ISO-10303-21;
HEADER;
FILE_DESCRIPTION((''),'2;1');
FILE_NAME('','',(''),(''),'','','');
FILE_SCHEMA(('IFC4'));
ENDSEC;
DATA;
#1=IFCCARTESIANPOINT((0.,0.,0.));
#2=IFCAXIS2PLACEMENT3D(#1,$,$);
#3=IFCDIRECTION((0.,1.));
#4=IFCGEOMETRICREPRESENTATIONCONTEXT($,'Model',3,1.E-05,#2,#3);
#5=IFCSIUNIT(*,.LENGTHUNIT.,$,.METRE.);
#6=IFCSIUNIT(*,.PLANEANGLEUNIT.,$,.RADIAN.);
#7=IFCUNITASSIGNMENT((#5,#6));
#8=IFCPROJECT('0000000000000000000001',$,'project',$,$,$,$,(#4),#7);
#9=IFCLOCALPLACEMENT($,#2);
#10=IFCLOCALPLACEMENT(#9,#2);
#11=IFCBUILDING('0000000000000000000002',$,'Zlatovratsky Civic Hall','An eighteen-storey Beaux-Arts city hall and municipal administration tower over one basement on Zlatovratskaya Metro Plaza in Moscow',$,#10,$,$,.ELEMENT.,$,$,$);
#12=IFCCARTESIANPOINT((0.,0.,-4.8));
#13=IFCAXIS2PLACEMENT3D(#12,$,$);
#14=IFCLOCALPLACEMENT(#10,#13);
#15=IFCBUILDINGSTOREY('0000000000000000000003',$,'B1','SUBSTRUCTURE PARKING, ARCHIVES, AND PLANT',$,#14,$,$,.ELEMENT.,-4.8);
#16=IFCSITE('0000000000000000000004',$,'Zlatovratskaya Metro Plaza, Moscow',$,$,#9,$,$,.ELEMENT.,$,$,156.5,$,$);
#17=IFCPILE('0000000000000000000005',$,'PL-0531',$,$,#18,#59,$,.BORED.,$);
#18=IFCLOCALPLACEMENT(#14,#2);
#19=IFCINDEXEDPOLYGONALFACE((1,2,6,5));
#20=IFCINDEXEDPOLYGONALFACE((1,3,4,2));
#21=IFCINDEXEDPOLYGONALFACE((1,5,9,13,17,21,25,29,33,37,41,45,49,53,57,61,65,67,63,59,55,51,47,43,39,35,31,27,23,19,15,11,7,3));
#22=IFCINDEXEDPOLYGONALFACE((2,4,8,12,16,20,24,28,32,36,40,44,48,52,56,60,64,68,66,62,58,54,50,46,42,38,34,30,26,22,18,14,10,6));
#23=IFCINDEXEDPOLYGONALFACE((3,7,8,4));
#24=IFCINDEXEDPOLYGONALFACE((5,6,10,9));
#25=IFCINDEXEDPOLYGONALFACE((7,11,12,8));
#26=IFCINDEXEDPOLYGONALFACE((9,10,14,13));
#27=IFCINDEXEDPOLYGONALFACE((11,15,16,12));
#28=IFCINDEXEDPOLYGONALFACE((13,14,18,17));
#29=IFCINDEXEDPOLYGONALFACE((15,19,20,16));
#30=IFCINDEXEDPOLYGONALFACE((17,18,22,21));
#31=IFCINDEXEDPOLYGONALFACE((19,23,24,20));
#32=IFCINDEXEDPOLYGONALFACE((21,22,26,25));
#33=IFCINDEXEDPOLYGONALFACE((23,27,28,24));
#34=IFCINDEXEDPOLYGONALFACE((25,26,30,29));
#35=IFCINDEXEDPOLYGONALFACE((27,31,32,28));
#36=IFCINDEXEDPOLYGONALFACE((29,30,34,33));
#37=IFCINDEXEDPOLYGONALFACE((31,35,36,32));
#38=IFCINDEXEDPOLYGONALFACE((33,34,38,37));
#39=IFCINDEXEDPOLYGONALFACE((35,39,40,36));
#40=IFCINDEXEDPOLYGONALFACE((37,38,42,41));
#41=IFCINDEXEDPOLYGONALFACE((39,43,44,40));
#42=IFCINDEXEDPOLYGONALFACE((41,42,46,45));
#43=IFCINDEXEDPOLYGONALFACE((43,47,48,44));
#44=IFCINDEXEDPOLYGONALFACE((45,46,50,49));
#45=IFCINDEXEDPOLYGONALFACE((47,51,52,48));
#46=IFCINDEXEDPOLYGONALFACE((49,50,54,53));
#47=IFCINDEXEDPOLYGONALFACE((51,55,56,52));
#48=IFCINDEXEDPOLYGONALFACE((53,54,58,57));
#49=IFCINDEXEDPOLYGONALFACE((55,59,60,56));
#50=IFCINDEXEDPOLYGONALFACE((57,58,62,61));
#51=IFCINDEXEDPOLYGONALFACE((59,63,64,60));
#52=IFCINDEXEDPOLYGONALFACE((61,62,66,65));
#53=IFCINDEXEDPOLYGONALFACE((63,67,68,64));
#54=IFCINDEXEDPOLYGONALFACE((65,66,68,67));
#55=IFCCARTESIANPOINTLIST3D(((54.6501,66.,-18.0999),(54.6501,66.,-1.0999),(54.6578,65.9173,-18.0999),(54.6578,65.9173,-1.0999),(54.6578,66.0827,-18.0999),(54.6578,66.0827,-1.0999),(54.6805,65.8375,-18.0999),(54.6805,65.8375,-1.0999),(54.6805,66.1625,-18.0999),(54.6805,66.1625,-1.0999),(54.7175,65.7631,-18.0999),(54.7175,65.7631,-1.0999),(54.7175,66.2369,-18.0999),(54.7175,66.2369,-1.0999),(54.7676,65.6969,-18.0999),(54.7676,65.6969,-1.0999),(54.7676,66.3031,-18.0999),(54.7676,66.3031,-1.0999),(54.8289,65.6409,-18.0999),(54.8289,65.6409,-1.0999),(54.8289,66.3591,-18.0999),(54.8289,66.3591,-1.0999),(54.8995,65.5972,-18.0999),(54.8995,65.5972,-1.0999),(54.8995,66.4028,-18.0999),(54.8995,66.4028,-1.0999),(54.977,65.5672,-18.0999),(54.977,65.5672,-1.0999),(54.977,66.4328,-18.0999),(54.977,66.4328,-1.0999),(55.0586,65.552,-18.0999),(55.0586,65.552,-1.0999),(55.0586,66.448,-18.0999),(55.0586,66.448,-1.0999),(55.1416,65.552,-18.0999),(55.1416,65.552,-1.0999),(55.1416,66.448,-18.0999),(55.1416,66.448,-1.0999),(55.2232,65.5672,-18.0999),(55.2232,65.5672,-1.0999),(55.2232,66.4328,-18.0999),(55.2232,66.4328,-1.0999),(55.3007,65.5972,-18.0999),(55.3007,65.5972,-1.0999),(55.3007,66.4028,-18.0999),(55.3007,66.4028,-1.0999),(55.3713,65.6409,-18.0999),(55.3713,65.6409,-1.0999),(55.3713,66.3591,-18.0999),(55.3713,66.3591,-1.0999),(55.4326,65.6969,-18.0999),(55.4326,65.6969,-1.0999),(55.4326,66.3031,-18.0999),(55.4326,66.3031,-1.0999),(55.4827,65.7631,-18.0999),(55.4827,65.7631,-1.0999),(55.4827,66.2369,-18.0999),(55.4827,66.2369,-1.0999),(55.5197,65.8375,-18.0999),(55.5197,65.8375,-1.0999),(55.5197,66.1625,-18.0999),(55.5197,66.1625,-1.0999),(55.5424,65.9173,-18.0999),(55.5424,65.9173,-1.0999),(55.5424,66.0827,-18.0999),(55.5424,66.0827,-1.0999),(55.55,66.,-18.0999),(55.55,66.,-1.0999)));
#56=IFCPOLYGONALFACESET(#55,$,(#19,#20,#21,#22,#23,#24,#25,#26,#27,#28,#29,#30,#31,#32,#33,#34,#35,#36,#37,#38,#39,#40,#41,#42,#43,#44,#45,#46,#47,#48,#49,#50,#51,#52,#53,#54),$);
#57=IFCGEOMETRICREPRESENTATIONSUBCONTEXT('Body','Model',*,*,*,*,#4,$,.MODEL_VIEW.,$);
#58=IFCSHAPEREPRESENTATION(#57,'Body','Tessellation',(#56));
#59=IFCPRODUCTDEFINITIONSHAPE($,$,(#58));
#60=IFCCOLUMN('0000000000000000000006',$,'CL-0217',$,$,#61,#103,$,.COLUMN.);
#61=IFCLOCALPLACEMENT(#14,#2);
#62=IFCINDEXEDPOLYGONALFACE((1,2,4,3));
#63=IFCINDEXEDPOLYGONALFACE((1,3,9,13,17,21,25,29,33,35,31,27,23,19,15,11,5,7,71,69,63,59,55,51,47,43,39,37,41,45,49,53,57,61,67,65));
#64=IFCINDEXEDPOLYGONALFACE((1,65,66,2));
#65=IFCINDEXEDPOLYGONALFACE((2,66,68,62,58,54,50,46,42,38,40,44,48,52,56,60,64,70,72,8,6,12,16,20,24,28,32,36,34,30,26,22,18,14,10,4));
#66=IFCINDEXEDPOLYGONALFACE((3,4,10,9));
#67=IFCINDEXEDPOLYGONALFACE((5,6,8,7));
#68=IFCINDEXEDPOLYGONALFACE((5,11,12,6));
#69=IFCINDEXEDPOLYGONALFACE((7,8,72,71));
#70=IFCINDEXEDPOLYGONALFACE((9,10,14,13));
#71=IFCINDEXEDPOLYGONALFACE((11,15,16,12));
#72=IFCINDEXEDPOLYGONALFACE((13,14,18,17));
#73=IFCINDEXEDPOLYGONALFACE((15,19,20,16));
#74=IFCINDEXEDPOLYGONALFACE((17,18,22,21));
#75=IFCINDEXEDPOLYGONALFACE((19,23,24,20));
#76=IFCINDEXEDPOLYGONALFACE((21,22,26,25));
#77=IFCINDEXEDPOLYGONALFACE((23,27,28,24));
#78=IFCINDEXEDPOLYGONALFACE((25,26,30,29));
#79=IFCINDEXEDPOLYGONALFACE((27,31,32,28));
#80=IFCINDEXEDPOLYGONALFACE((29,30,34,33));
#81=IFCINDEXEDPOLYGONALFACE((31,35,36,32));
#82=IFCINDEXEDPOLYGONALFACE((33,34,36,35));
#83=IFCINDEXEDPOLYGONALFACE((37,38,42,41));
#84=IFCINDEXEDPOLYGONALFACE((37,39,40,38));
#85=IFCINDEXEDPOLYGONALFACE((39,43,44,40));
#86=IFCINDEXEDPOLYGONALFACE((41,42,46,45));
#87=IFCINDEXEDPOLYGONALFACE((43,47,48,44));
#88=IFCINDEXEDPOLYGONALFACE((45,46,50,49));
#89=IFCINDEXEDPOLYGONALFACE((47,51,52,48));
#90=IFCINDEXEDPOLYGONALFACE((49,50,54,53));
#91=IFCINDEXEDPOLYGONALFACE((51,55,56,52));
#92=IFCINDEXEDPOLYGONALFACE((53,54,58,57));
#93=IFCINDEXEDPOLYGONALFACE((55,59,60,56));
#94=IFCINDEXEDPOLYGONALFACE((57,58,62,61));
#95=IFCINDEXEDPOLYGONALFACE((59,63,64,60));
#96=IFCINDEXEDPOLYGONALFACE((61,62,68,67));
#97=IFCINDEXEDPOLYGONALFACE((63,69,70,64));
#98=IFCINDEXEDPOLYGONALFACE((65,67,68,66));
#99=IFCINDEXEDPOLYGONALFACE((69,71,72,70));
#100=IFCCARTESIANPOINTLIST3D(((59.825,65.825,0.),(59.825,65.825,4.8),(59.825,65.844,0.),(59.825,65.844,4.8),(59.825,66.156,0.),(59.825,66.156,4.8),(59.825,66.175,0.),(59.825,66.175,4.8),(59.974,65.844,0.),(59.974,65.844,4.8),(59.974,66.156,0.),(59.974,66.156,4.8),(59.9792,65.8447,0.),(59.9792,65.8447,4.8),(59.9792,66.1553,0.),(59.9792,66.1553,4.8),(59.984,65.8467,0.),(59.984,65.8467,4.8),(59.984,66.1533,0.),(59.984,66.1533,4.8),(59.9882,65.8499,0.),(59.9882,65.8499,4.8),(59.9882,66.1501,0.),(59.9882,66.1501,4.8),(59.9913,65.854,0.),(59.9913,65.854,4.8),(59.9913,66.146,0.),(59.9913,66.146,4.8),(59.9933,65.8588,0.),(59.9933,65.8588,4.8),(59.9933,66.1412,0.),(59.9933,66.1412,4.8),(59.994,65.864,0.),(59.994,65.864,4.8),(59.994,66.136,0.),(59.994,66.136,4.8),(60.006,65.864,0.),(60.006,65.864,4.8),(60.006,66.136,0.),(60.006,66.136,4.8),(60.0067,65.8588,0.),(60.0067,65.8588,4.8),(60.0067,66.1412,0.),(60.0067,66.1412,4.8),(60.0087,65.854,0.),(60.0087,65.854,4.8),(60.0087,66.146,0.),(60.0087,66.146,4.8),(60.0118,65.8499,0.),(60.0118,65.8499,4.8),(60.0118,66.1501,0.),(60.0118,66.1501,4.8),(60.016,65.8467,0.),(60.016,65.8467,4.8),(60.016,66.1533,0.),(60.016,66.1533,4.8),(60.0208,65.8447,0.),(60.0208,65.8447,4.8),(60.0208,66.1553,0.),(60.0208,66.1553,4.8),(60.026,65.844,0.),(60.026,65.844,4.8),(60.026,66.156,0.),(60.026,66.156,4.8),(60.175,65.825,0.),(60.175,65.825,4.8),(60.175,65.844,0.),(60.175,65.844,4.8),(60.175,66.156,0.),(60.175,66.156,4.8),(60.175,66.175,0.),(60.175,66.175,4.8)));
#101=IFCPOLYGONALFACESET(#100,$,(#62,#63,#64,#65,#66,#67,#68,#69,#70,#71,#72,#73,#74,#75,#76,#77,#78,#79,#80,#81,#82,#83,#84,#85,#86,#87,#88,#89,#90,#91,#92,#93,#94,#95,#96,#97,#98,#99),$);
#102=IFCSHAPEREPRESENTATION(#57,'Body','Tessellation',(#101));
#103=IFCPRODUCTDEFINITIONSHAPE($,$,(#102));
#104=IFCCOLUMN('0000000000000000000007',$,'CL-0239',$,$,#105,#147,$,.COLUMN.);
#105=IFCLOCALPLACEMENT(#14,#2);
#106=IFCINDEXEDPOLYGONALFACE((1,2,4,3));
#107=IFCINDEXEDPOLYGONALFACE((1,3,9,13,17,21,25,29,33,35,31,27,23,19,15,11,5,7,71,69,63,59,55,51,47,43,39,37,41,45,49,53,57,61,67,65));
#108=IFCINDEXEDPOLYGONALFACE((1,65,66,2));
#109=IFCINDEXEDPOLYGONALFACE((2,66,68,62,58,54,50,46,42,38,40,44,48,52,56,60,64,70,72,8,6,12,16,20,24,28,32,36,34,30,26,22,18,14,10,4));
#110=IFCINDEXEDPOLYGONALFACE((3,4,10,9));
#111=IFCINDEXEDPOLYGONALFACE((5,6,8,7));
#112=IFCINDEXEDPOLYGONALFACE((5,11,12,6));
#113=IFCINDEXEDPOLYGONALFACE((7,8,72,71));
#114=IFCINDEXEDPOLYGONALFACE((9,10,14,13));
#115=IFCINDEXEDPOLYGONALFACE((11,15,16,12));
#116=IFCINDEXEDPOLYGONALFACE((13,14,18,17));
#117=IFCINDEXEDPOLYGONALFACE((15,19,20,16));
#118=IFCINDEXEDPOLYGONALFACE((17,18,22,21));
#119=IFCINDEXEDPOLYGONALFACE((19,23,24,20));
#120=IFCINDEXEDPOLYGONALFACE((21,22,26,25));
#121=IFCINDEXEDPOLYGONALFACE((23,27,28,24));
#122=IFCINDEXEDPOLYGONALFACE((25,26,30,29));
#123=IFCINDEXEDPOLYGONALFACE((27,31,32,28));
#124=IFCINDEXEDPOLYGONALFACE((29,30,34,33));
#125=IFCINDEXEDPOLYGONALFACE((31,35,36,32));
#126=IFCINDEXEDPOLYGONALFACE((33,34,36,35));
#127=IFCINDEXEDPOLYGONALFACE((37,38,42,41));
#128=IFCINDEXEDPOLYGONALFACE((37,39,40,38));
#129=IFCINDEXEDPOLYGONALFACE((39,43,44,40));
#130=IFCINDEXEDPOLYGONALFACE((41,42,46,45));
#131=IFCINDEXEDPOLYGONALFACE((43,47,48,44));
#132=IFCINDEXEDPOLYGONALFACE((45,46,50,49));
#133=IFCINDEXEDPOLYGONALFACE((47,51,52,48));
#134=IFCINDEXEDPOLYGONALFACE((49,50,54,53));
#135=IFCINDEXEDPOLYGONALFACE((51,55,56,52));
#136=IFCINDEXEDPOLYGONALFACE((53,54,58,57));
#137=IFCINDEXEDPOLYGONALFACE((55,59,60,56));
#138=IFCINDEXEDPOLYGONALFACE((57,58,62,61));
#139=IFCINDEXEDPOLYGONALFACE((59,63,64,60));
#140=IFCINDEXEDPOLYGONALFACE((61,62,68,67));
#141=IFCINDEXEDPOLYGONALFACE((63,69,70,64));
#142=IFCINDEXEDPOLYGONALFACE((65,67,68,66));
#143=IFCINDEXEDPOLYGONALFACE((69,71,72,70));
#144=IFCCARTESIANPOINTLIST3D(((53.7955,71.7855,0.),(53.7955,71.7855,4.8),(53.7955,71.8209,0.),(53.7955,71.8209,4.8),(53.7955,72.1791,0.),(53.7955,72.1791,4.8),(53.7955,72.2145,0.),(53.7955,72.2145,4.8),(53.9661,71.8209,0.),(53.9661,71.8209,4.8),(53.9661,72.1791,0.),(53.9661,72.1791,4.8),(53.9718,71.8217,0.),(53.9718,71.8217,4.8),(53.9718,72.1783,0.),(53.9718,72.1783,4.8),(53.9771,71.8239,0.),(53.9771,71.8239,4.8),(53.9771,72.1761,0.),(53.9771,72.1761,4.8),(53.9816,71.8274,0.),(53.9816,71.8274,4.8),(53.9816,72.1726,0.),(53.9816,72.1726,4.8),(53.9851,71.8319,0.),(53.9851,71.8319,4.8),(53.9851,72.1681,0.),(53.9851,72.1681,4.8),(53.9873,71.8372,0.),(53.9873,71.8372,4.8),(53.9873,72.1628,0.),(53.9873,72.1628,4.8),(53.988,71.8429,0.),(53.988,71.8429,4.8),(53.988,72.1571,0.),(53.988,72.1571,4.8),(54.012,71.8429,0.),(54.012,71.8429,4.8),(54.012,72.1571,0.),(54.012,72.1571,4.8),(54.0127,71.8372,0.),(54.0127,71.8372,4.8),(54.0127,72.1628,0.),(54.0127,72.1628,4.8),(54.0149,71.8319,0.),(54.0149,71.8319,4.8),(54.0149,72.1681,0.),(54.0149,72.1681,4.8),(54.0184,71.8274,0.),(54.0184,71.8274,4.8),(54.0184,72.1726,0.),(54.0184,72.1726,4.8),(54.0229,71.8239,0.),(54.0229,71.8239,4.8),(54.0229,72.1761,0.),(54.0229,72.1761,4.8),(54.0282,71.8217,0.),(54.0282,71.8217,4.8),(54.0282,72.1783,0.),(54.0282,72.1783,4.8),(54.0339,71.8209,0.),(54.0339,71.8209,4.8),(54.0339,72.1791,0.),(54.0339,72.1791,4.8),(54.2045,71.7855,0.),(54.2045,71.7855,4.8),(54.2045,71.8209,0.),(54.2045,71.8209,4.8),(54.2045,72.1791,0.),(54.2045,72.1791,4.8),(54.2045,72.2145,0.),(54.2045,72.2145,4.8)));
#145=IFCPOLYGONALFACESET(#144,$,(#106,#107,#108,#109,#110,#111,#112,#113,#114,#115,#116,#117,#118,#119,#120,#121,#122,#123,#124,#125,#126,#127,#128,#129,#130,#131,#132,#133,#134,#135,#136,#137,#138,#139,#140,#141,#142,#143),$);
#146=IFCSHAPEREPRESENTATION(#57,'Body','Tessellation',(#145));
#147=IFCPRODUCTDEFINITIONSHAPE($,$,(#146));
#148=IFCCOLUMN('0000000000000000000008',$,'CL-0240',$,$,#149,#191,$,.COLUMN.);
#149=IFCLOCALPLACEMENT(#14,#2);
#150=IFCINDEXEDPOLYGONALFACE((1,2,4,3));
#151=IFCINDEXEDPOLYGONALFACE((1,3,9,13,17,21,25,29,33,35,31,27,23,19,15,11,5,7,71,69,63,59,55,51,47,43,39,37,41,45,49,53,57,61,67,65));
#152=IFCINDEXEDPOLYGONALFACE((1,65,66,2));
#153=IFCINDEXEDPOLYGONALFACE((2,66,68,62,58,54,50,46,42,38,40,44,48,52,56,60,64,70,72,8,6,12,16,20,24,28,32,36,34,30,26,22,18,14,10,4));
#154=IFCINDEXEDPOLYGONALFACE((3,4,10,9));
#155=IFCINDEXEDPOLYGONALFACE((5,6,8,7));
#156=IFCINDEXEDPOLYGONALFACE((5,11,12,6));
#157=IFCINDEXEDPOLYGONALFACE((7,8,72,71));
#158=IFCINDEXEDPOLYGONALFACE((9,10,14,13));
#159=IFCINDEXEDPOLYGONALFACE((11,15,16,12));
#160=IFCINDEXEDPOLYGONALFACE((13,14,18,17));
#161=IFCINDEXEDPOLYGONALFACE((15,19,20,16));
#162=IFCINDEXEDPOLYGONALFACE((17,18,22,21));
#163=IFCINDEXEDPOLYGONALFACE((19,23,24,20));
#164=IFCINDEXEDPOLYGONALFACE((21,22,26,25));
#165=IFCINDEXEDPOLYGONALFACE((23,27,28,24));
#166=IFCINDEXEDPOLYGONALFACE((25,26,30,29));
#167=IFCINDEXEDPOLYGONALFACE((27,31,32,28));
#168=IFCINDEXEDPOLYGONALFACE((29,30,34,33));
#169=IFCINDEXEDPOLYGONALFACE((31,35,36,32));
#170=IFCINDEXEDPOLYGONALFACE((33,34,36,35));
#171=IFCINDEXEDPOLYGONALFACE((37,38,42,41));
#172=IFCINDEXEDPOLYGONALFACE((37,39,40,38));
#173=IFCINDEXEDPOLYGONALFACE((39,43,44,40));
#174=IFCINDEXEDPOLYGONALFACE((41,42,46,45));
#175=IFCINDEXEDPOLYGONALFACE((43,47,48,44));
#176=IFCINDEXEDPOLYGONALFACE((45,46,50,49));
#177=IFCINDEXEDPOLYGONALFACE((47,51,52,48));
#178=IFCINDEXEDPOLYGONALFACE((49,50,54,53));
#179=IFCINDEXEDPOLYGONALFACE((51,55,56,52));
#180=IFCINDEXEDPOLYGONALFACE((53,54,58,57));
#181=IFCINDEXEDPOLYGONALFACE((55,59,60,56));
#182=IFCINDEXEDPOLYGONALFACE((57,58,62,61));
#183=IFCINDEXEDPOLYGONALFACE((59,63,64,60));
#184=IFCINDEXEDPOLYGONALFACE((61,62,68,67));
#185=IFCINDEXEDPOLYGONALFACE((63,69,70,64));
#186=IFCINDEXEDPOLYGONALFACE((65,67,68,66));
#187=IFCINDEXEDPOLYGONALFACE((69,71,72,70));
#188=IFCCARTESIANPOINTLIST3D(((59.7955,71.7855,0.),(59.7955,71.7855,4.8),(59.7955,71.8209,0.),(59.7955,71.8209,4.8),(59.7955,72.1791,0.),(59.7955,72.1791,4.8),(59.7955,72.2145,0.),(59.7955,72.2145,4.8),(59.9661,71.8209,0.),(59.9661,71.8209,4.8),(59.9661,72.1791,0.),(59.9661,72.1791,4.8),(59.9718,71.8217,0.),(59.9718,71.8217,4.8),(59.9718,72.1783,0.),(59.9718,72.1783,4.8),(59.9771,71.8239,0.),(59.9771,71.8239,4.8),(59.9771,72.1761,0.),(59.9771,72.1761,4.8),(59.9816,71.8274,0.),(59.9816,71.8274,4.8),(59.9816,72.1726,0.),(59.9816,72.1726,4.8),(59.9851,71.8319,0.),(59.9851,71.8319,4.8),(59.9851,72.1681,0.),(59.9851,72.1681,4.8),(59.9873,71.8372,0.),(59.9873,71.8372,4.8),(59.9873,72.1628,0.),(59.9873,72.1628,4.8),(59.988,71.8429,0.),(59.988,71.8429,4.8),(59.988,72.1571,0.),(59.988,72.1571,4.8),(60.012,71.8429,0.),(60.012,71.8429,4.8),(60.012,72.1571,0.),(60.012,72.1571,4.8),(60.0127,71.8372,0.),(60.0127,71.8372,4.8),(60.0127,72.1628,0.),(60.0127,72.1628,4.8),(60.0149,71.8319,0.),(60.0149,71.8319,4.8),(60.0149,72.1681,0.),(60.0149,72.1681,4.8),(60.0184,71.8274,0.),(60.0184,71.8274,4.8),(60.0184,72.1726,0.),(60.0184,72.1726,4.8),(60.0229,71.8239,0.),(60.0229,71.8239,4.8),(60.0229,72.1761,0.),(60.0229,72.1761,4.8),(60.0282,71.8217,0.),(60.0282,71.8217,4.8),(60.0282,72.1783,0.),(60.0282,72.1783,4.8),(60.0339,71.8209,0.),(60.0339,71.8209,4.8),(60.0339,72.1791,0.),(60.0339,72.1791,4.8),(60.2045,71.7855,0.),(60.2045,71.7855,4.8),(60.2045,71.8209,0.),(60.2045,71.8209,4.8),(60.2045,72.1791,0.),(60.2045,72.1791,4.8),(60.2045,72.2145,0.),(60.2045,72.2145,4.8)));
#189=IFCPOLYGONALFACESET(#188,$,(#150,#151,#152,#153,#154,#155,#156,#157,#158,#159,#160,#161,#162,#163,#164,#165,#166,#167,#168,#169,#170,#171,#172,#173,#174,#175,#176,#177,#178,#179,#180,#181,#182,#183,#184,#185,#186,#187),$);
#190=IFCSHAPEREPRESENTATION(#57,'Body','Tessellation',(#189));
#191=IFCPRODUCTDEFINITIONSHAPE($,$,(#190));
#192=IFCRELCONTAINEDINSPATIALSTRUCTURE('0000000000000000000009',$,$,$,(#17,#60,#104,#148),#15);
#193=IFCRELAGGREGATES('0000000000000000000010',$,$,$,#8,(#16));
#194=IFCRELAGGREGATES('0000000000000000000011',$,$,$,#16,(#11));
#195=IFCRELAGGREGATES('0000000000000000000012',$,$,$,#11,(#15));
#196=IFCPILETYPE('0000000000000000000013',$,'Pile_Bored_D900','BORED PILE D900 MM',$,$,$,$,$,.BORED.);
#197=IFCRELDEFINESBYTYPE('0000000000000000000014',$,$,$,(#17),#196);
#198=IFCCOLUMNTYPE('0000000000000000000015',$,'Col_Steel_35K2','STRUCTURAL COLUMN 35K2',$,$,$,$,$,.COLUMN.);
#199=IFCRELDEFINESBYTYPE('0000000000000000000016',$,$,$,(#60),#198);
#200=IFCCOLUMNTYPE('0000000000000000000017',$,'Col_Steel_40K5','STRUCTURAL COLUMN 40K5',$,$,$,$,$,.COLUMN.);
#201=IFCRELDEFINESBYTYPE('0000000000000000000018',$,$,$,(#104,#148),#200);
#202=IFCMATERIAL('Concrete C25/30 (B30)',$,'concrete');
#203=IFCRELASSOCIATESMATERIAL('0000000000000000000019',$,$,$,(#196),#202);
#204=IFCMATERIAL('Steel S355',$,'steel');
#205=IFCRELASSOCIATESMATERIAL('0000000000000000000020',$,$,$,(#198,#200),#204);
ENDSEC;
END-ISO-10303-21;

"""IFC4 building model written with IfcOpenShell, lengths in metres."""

from ifc_helpers import new_model, si_unit, direction, frame, origin, origin_2d, place, context, subcontext, project, spatial, circle, i_section, extrude, material, material_profile, profile_set, type_object, element, save


model = new_model("IFC4")

# Units and contexts
model_context = context("Model", 3, precision=1e-05, world=origin(), true_north=direction((0.0, 1.0)))
body_context = subcontext(model_context, "Body", "Model", "MODEL_VIEW")
ifc_project = project(units=[si_unit("LENGTHUNIT", "METRE"), si_unit("PLANEANGLEUNIT", "RADIAN")], contexts=[model_context])

# Site, building, storey
site_placement = place(None, origin())
site = spatial("IfcSite", under=ifc_project, at=site_placement, Name="Zlatovratskaya Metro Plaza, Moscow", CompositionType="ELEMENT", RefElevation=156.5)
building_placement = place(site_placement, origin())
building = spatial("IfcBuilding", under=site, at=building_placement, Name="Zlatovratsky Civic Hall", Description="An eighteen-storey Beaux-Arts city hall and municipal administration tower over one basement on Zlatovratskaya Metro Plaza in Moscow", CompositionType="ELEMENT")
storey_placement = place(building_placement, frame((0.0, 0.0, -4.8)))
storey = spatial("IfcBuildingStorey", under=building, at=storey_placement, Name="B1", Description="SUBSTRUCTURE PARKING, ARCHIVES, AND PLANT", CompositionType="ELEMENT", Elevation=-4.8)

# Shared definitions
ifc_material_1 = material(Name="Concrete C25/30 (B30)", Category="concrete")

# Pile
ifc_material_profile_1 = material_profile(ifc_material_1, circle(Radius=0.45, at=origin_2d()), Name="PILE D900")
ifc_profile_set_1 = profile_set([ifc_material_profile_1], Name="Concrete C25/30 (B30)")
pile_type_1 = type_object("IfcPileType", Name="Pile_Bored_D900", Description="BORED PILE D900 MM", PredefinedType="BORED", material=ifc_profile_set_1)
pile_1_placement = place(storey_placement, frame((55.1001, 66.0, -1.0999), z_axis=(0.0, 0.0, -1.0), x_axis=(1.0, 0.0, 0.0)))
element("IfcPile", 1, at=pile_1_placement, inside=storey, type_object=pile_type_1, Name="PL-0531", PredefinedType="BORED", context=body_context, shape_type="SweptSolid", body=[
    extrude(circle(Radius=0.45, at=origin_2d()), origin(), (0.0, 0.0, 1.0), 17.0),
])

# Columns
ifc_material_2 = material(Name="Steel S355", Category="steel")
ifc_material_profile_2 = material_profile(ifc_material_2, i_section(OverallWidth=0.3501, OverallDepth=0.3501, WebThickness=0.012, FlangeThickness=0.019, FilletRadius=0.02, at=origin_2d()), Name="35K2")
ifc_profile_set_2 = profile_set([ifc_material_profile_2], Name="Steel S355")
column_type_1 = type_object("IfcColumnType", Name="Col_Steel_35K2", Description="STRUCTURAL COLUMN 35K2", PredefinedType="COLUMN", material=ifc_profile_set_2)
column_placement = place(storey_placement, frame((60.0, 66.0, 0.0), z_axis=(0.0, 0.0, 1.0), x_axis=(1.0, 0.0, 0.0)))
element("IfcColumn", 2, at=column_placement, inside=storey, type_object=column_type_1, Name="CL-0217", PredefinedType="COLUMN", context=body_context, shape_type="SweptSolid", body=[
    extrude(i_section(OverallWidth=0.3501, OverallDepth=0.3501, WebThickness=0.012, FlangeThickness=0.019, FilletRadius=0.02, at=origin_2d()), origin(), (0.0, 0.0, 1.0), 4.8),
])
ifc_material_profile_3 = material_profile(ifc_material_2, i_section(OverallWidth=0.4089, OverallDepth=0.429, WebThickness=0.0239, FlangeThickness=0.0354, FilletRadius=0.022, at=origin_2d()), Name="40K5")
ifc_profile_set_3 = profile_set([ifc_material_profile_3], Name="Steel S355")
column_type_2 = type_object("IfcColumnType", Name="Col_Steel_40K5", Description="STRUCTURAL COLUMN 40K5", PredefinedType="COLUMN", material=ifc_profile_set_3)
for number, where, z_axis, x_axis, name in (
    (3, (54.0, 72.0, 0.0), (0.0, 0.0, 1.0), (1.0, 0.0, 0.0), "CL-0239"),
    (4, (60.0, 72.0, 0.0), (0.0, 0.0, 1.0), (1.0, 0.0, 0.0), "CL-0240"),
):
    element("IfcColumn", number, at=place(storey_placement, frame(where, z_axis=z_axis, x_axis=x_axis)), inside=storey, type_object=column_type_2, Name=name, PredefinedType="COLUMN", context=body_context, shape_type="SweptSolid", body=[
        extrude(i_section(OverallWidth=0.4089, OverallDepth=0.429, WebThickness=0.0239, FlangeThickness=0.0354, FilletRadius=0.022, at=origin_2d()), origin(), (0.0, 0.0, 1.0), 4.8),
    ])

save(model, "model.ifc")
